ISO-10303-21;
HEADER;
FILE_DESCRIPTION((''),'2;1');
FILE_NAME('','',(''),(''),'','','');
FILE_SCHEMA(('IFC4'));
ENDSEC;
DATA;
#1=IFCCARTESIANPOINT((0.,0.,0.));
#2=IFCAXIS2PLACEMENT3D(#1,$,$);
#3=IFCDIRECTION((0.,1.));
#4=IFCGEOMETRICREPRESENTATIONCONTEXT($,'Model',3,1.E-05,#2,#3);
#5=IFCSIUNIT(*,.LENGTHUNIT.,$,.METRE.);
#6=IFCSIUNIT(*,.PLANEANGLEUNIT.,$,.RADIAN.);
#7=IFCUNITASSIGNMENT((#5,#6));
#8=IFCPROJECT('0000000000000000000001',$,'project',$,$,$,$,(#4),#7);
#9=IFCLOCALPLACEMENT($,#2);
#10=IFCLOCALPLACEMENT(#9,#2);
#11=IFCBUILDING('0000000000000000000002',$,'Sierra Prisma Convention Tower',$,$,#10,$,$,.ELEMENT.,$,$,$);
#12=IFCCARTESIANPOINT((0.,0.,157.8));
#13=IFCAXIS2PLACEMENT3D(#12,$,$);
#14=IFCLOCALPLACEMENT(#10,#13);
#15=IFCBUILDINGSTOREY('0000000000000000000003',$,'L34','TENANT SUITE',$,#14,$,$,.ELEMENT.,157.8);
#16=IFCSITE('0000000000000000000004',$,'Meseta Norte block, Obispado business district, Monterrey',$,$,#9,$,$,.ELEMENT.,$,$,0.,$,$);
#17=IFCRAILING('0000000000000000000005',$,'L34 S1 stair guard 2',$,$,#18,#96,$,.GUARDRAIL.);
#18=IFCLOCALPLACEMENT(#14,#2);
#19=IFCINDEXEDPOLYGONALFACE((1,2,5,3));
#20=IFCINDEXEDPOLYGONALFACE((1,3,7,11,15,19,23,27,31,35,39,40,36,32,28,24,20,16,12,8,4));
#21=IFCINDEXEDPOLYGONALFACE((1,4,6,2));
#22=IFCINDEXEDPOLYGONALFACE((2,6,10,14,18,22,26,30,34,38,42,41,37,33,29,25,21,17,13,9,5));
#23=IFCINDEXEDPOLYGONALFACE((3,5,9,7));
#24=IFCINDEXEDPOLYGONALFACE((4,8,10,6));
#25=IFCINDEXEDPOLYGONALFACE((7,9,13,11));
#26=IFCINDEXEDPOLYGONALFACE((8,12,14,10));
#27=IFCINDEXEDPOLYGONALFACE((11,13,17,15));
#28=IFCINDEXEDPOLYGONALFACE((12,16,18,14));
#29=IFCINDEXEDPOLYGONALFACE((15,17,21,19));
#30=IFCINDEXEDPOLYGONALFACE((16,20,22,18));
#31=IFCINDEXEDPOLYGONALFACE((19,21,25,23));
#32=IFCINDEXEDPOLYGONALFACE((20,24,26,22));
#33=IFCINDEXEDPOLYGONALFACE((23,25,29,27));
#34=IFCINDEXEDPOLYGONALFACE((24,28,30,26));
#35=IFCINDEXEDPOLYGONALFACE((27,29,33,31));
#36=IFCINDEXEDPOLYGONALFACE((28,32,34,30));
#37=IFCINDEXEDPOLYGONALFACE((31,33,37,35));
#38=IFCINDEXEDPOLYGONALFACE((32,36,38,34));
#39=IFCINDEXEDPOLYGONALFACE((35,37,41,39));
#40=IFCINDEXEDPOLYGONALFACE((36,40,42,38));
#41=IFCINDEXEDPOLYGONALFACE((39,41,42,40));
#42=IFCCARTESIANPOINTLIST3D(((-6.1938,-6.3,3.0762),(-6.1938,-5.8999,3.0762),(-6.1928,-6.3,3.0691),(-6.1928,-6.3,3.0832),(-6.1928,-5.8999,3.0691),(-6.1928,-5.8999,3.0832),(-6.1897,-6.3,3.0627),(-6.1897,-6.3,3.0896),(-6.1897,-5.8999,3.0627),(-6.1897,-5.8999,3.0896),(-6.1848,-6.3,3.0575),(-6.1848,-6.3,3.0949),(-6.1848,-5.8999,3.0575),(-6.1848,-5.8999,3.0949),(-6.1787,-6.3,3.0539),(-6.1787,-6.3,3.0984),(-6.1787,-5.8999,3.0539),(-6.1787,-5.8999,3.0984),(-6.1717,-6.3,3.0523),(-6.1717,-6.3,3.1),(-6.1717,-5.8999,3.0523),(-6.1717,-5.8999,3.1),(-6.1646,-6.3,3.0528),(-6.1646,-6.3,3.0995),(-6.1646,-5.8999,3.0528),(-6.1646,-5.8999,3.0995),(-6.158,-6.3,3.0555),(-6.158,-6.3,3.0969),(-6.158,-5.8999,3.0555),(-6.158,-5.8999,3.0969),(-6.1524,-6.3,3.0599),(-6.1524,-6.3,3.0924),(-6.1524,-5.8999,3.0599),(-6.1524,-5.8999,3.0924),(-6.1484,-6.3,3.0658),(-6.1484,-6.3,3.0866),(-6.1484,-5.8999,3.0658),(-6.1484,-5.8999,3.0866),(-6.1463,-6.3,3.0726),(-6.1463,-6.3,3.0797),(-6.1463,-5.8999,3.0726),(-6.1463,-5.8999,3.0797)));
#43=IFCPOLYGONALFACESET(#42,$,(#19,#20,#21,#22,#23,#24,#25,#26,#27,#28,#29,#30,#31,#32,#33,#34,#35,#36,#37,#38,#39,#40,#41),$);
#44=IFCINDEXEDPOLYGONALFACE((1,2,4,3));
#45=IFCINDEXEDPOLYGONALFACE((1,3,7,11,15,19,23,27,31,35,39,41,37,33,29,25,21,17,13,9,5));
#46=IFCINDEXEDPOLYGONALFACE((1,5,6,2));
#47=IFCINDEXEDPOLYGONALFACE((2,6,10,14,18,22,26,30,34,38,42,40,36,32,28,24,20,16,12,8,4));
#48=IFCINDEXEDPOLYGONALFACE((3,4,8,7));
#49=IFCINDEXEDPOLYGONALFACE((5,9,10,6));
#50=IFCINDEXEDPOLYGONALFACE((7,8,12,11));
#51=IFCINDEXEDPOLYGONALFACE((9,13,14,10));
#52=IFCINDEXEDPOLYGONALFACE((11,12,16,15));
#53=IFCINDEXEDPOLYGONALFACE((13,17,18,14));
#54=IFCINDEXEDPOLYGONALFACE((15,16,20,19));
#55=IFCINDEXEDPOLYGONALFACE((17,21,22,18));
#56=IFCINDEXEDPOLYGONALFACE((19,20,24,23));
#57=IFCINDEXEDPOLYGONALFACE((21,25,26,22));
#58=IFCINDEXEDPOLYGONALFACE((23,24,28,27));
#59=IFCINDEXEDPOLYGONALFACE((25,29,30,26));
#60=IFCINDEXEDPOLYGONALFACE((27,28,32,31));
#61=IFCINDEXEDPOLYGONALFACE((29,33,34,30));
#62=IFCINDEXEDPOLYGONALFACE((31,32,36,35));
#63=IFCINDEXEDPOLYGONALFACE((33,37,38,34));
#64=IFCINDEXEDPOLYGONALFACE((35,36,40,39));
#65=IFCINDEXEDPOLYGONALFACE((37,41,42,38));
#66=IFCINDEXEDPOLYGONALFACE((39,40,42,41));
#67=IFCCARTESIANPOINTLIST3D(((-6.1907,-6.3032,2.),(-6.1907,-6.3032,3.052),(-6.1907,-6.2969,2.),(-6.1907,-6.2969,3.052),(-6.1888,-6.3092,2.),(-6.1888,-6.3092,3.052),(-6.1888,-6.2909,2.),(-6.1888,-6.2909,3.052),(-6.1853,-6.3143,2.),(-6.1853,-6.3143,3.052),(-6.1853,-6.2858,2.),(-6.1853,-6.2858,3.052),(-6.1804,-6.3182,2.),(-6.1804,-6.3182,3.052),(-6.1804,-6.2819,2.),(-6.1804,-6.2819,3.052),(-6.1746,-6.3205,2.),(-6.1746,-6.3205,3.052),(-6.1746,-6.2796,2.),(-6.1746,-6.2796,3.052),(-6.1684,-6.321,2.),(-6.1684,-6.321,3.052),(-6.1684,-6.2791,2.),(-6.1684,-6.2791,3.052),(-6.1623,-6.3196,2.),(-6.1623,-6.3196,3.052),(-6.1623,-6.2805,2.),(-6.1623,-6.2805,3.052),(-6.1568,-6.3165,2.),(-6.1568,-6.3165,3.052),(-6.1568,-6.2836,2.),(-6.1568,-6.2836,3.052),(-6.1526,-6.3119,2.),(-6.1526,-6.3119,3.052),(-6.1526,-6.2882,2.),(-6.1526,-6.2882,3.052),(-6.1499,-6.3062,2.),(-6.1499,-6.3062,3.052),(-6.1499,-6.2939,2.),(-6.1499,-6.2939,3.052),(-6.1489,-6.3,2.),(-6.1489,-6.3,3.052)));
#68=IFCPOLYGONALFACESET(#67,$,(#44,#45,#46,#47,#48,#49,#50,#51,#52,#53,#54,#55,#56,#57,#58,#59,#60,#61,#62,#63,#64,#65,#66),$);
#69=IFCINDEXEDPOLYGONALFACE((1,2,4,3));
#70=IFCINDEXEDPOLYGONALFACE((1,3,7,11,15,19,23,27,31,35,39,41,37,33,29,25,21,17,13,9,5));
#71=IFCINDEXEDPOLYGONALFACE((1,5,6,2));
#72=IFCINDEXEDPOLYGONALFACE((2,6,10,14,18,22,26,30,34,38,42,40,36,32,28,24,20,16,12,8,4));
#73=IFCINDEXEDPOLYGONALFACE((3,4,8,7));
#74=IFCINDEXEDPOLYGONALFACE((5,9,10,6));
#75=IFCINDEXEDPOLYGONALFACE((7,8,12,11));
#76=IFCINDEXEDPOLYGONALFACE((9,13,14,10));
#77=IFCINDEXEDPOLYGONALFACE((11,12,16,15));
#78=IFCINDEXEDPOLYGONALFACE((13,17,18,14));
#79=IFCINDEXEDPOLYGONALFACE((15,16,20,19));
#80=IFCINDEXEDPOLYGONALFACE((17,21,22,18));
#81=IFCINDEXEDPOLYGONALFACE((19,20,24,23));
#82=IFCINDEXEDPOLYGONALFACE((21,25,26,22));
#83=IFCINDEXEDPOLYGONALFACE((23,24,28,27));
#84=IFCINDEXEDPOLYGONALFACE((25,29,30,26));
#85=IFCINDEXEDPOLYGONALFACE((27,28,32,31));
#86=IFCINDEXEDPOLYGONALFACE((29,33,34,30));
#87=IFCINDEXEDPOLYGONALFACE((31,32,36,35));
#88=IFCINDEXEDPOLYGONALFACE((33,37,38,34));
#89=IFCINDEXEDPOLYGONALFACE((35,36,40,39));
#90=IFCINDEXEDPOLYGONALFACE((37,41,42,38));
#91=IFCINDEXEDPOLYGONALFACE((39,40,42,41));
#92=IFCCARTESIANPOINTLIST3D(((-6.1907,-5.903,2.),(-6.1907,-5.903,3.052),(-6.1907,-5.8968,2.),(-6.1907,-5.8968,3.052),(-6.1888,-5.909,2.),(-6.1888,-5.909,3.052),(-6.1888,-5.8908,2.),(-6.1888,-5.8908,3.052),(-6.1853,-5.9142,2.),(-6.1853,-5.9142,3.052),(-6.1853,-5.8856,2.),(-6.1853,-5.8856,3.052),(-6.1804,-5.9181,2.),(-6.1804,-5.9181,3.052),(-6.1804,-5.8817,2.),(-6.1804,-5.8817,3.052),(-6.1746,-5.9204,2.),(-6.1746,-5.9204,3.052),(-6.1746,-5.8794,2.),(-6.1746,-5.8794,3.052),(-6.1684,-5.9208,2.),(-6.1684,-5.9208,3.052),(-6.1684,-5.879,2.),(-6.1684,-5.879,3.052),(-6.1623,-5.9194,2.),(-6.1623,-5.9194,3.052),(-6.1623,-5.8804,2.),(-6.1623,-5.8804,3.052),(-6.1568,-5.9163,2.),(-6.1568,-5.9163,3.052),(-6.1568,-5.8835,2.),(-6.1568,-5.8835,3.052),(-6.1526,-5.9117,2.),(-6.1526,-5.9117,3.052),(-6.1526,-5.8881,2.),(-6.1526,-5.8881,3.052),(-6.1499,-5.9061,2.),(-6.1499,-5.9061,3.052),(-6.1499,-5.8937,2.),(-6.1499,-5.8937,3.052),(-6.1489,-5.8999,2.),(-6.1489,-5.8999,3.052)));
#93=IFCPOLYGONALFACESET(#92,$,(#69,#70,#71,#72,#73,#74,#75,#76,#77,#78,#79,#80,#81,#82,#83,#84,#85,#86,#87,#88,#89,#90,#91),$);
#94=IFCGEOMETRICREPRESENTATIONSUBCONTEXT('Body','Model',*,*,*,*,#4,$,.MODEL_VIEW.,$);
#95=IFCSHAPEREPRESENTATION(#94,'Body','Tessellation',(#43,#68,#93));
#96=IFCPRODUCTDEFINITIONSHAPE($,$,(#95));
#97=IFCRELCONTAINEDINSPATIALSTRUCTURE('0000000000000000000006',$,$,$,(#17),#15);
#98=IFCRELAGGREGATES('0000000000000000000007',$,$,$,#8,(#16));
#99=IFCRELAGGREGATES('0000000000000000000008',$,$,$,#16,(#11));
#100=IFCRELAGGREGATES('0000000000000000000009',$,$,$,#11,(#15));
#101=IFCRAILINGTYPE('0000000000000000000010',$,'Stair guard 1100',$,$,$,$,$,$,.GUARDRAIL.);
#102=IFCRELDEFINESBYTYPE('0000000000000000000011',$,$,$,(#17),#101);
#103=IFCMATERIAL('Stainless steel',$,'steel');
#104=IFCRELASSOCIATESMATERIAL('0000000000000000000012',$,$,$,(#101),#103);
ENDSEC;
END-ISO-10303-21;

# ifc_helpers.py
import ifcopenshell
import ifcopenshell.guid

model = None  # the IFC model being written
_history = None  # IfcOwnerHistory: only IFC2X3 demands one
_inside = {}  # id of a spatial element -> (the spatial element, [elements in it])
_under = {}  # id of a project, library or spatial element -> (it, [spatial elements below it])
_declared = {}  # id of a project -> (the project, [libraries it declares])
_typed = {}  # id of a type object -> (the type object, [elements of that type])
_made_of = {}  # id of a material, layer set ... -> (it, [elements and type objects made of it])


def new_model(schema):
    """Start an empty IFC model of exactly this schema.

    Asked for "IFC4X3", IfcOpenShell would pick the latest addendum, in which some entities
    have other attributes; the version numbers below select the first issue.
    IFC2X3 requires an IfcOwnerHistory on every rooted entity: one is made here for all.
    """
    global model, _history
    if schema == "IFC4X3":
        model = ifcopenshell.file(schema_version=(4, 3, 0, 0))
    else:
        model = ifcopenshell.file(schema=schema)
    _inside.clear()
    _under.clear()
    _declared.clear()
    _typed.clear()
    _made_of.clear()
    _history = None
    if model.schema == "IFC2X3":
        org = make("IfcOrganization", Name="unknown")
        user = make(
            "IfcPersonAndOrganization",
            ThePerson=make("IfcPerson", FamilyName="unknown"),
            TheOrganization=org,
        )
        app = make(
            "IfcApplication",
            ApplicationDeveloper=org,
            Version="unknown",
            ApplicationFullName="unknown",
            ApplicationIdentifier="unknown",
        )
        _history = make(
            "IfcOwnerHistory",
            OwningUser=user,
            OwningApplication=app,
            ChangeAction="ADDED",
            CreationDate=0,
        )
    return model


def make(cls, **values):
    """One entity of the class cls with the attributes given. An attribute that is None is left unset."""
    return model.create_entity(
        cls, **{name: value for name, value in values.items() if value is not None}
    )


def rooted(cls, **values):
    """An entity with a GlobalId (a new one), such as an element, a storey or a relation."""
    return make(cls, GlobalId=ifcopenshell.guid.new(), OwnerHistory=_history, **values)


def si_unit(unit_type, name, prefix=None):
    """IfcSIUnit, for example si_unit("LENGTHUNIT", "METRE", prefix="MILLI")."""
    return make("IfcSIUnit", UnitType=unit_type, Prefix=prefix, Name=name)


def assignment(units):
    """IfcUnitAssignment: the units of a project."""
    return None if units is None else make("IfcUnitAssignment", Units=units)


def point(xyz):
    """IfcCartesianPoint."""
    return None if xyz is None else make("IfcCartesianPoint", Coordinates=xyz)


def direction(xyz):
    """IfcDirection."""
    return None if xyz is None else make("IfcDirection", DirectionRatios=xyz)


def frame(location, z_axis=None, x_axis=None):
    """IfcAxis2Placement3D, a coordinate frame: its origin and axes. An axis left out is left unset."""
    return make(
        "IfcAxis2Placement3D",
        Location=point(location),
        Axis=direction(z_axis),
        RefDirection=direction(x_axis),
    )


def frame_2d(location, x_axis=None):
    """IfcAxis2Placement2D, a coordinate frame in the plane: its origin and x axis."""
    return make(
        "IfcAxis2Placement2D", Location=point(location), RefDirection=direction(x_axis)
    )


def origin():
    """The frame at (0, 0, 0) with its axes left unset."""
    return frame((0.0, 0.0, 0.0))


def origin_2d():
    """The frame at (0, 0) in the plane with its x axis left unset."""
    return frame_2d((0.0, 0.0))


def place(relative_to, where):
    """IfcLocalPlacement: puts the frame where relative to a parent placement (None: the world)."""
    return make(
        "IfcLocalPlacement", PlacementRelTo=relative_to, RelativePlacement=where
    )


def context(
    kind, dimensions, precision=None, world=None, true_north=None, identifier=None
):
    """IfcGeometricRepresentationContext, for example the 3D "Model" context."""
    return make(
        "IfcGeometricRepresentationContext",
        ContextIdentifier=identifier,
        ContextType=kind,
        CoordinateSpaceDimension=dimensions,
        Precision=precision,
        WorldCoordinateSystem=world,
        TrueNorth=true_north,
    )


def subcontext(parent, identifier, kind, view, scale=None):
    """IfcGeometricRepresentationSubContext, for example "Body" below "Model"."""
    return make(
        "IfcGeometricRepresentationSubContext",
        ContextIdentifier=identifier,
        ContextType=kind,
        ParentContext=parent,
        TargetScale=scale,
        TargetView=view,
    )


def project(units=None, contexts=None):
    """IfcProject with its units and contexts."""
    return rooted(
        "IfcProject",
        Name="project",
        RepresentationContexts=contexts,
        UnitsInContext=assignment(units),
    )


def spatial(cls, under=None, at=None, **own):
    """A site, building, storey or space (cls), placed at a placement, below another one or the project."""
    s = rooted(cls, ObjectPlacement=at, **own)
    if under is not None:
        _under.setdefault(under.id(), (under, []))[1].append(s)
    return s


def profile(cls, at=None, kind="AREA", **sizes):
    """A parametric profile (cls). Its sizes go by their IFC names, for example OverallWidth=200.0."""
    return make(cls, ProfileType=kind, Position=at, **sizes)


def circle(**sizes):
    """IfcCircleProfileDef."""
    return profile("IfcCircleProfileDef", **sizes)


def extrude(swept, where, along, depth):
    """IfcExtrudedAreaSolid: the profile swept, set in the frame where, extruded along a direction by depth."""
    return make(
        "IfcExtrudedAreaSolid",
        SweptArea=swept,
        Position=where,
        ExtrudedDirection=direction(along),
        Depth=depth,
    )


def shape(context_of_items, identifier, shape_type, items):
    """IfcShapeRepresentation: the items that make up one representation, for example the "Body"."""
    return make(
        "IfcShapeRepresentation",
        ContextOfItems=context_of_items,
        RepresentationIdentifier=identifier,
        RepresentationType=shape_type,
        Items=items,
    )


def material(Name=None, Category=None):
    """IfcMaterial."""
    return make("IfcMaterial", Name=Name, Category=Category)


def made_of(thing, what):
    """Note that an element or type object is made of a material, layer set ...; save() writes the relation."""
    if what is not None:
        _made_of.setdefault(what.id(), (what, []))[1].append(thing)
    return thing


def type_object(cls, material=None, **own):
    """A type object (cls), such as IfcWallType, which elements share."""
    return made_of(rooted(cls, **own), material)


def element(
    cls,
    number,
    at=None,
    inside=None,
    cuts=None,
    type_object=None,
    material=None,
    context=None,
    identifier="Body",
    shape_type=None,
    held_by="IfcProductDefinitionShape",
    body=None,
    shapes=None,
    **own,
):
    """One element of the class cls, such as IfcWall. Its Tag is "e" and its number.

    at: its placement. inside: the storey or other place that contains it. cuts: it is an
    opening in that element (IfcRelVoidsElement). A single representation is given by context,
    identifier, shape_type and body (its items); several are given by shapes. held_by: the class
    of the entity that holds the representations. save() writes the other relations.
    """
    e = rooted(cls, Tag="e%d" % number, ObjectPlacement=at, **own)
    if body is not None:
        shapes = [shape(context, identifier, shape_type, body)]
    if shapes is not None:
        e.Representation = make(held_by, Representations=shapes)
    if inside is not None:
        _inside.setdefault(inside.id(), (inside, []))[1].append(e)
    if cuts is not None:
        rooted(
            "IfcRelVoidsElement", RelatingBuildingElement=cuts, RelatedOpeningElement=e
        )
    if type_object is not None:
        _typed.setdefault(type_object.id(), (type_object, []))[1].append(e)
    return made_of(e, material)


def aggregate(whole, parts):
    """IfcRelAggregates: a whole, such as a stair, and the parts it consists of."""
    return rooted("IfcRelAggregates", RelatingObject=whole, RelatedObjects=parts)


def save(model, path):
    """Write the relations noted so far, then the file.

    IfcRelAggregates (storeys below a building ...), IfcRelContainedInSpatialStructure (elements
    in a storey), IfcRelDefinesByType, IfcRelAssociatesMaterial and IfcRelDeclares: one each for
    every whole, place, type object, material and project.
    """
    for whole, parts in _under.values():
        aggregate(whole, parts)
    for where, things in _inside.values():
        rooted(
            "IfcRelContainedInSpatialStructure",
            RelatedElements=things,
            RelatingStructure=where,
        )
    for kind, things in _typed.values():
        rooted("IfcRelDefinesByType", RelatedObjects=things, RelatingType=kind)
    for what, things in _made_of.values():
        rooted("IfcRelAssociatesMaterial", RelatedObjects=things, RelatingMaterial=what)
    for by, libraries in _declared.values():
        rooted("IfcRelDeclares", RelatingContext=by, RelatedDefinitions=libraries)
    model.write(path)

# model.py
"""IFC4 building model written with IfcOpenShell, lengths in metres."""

from ifc_helpers import new_model, si_unit, direction, frame, origin, origin_2d, place, context, subcontext, project, spatial, circle, extrude, material, type_object, element, save


model = new_model("IFC4")

# Units and contexts
model_context = context("Model", 3, precision=1e-05, world=origin(), true_north=direction((0.0, 1.0)))
body_context = subcontext(model_context, "Body", "Model", "MODEL_VIEW")
ifc_project = project(units=[si_unit("LENGTHUNIT", "METRE"), si_unit("PLANEANGLEUNIT", "RADIAN")], contexts=[model_context])

# Site, building, storey
site_placement = place(None, origin())
site = spatial("IfcSite", under=ifc_project, at=site_placement, Name="Meseta Norte block, Obispado business district, Monterrey", CompositionType="ELEMENT", RefElevation=0.0)
building_placement = place(site_placement, origin())
building = spatial("IfcBuilding", under=site, at=building_placement, Name="Sierra Prisma Convention Tower", CompositionType="ELEMENT")
storey_placement = place(building_placement, frame((0.0, 0.0, 157.8)))
storey = spatial("IfcBuildingStorey", under=building, at=storey_placement, Name="L34", Description="TENANT SUITE", CompositionType="ELEMENT", Elevation=157.8)

# Railing
ifc_material_1 = material(Name="Stainless steel", Category="steel")
railing_type_1 = type_object("IfcRailingType", Name="Stair guard 1100", PredefinedType="GUARDRAIL", material=ifc_material_1)
railing_1_placement = place(storey_placement, frame((-6.1699, -6.3, 2.0)))
element("IfcRailing", 1, at=railing_1_placement, inside=storey, type_object=railing_type_1, Name="L34 S1 stair guard 2", PredefinedType="GUARDRAIL", context=body_context, shape_type="SweptSolid", body=[
    extrude(circle(Radius=0.0239, at=origin_2d()), frame((0.0, 0.0, 1.0762), z_axis=(0.0, 1.0, 0.0), x_axis=(-1.0, 0.0, 0.0)), (0.0, 0.0, 1.0), 0.4001),
    extrude(circle(Radius=0.021, at=origin_2d()), origin(), (0.0, 0.0, 1.0), 1.052),
    extrude(circle(Radius=0.021, at=origin_2d()), frame((0.0, 0.4001, 0.0)), (0.0, 0.0, 1.0), 1.052),
])

save(model, "model.ifc")
